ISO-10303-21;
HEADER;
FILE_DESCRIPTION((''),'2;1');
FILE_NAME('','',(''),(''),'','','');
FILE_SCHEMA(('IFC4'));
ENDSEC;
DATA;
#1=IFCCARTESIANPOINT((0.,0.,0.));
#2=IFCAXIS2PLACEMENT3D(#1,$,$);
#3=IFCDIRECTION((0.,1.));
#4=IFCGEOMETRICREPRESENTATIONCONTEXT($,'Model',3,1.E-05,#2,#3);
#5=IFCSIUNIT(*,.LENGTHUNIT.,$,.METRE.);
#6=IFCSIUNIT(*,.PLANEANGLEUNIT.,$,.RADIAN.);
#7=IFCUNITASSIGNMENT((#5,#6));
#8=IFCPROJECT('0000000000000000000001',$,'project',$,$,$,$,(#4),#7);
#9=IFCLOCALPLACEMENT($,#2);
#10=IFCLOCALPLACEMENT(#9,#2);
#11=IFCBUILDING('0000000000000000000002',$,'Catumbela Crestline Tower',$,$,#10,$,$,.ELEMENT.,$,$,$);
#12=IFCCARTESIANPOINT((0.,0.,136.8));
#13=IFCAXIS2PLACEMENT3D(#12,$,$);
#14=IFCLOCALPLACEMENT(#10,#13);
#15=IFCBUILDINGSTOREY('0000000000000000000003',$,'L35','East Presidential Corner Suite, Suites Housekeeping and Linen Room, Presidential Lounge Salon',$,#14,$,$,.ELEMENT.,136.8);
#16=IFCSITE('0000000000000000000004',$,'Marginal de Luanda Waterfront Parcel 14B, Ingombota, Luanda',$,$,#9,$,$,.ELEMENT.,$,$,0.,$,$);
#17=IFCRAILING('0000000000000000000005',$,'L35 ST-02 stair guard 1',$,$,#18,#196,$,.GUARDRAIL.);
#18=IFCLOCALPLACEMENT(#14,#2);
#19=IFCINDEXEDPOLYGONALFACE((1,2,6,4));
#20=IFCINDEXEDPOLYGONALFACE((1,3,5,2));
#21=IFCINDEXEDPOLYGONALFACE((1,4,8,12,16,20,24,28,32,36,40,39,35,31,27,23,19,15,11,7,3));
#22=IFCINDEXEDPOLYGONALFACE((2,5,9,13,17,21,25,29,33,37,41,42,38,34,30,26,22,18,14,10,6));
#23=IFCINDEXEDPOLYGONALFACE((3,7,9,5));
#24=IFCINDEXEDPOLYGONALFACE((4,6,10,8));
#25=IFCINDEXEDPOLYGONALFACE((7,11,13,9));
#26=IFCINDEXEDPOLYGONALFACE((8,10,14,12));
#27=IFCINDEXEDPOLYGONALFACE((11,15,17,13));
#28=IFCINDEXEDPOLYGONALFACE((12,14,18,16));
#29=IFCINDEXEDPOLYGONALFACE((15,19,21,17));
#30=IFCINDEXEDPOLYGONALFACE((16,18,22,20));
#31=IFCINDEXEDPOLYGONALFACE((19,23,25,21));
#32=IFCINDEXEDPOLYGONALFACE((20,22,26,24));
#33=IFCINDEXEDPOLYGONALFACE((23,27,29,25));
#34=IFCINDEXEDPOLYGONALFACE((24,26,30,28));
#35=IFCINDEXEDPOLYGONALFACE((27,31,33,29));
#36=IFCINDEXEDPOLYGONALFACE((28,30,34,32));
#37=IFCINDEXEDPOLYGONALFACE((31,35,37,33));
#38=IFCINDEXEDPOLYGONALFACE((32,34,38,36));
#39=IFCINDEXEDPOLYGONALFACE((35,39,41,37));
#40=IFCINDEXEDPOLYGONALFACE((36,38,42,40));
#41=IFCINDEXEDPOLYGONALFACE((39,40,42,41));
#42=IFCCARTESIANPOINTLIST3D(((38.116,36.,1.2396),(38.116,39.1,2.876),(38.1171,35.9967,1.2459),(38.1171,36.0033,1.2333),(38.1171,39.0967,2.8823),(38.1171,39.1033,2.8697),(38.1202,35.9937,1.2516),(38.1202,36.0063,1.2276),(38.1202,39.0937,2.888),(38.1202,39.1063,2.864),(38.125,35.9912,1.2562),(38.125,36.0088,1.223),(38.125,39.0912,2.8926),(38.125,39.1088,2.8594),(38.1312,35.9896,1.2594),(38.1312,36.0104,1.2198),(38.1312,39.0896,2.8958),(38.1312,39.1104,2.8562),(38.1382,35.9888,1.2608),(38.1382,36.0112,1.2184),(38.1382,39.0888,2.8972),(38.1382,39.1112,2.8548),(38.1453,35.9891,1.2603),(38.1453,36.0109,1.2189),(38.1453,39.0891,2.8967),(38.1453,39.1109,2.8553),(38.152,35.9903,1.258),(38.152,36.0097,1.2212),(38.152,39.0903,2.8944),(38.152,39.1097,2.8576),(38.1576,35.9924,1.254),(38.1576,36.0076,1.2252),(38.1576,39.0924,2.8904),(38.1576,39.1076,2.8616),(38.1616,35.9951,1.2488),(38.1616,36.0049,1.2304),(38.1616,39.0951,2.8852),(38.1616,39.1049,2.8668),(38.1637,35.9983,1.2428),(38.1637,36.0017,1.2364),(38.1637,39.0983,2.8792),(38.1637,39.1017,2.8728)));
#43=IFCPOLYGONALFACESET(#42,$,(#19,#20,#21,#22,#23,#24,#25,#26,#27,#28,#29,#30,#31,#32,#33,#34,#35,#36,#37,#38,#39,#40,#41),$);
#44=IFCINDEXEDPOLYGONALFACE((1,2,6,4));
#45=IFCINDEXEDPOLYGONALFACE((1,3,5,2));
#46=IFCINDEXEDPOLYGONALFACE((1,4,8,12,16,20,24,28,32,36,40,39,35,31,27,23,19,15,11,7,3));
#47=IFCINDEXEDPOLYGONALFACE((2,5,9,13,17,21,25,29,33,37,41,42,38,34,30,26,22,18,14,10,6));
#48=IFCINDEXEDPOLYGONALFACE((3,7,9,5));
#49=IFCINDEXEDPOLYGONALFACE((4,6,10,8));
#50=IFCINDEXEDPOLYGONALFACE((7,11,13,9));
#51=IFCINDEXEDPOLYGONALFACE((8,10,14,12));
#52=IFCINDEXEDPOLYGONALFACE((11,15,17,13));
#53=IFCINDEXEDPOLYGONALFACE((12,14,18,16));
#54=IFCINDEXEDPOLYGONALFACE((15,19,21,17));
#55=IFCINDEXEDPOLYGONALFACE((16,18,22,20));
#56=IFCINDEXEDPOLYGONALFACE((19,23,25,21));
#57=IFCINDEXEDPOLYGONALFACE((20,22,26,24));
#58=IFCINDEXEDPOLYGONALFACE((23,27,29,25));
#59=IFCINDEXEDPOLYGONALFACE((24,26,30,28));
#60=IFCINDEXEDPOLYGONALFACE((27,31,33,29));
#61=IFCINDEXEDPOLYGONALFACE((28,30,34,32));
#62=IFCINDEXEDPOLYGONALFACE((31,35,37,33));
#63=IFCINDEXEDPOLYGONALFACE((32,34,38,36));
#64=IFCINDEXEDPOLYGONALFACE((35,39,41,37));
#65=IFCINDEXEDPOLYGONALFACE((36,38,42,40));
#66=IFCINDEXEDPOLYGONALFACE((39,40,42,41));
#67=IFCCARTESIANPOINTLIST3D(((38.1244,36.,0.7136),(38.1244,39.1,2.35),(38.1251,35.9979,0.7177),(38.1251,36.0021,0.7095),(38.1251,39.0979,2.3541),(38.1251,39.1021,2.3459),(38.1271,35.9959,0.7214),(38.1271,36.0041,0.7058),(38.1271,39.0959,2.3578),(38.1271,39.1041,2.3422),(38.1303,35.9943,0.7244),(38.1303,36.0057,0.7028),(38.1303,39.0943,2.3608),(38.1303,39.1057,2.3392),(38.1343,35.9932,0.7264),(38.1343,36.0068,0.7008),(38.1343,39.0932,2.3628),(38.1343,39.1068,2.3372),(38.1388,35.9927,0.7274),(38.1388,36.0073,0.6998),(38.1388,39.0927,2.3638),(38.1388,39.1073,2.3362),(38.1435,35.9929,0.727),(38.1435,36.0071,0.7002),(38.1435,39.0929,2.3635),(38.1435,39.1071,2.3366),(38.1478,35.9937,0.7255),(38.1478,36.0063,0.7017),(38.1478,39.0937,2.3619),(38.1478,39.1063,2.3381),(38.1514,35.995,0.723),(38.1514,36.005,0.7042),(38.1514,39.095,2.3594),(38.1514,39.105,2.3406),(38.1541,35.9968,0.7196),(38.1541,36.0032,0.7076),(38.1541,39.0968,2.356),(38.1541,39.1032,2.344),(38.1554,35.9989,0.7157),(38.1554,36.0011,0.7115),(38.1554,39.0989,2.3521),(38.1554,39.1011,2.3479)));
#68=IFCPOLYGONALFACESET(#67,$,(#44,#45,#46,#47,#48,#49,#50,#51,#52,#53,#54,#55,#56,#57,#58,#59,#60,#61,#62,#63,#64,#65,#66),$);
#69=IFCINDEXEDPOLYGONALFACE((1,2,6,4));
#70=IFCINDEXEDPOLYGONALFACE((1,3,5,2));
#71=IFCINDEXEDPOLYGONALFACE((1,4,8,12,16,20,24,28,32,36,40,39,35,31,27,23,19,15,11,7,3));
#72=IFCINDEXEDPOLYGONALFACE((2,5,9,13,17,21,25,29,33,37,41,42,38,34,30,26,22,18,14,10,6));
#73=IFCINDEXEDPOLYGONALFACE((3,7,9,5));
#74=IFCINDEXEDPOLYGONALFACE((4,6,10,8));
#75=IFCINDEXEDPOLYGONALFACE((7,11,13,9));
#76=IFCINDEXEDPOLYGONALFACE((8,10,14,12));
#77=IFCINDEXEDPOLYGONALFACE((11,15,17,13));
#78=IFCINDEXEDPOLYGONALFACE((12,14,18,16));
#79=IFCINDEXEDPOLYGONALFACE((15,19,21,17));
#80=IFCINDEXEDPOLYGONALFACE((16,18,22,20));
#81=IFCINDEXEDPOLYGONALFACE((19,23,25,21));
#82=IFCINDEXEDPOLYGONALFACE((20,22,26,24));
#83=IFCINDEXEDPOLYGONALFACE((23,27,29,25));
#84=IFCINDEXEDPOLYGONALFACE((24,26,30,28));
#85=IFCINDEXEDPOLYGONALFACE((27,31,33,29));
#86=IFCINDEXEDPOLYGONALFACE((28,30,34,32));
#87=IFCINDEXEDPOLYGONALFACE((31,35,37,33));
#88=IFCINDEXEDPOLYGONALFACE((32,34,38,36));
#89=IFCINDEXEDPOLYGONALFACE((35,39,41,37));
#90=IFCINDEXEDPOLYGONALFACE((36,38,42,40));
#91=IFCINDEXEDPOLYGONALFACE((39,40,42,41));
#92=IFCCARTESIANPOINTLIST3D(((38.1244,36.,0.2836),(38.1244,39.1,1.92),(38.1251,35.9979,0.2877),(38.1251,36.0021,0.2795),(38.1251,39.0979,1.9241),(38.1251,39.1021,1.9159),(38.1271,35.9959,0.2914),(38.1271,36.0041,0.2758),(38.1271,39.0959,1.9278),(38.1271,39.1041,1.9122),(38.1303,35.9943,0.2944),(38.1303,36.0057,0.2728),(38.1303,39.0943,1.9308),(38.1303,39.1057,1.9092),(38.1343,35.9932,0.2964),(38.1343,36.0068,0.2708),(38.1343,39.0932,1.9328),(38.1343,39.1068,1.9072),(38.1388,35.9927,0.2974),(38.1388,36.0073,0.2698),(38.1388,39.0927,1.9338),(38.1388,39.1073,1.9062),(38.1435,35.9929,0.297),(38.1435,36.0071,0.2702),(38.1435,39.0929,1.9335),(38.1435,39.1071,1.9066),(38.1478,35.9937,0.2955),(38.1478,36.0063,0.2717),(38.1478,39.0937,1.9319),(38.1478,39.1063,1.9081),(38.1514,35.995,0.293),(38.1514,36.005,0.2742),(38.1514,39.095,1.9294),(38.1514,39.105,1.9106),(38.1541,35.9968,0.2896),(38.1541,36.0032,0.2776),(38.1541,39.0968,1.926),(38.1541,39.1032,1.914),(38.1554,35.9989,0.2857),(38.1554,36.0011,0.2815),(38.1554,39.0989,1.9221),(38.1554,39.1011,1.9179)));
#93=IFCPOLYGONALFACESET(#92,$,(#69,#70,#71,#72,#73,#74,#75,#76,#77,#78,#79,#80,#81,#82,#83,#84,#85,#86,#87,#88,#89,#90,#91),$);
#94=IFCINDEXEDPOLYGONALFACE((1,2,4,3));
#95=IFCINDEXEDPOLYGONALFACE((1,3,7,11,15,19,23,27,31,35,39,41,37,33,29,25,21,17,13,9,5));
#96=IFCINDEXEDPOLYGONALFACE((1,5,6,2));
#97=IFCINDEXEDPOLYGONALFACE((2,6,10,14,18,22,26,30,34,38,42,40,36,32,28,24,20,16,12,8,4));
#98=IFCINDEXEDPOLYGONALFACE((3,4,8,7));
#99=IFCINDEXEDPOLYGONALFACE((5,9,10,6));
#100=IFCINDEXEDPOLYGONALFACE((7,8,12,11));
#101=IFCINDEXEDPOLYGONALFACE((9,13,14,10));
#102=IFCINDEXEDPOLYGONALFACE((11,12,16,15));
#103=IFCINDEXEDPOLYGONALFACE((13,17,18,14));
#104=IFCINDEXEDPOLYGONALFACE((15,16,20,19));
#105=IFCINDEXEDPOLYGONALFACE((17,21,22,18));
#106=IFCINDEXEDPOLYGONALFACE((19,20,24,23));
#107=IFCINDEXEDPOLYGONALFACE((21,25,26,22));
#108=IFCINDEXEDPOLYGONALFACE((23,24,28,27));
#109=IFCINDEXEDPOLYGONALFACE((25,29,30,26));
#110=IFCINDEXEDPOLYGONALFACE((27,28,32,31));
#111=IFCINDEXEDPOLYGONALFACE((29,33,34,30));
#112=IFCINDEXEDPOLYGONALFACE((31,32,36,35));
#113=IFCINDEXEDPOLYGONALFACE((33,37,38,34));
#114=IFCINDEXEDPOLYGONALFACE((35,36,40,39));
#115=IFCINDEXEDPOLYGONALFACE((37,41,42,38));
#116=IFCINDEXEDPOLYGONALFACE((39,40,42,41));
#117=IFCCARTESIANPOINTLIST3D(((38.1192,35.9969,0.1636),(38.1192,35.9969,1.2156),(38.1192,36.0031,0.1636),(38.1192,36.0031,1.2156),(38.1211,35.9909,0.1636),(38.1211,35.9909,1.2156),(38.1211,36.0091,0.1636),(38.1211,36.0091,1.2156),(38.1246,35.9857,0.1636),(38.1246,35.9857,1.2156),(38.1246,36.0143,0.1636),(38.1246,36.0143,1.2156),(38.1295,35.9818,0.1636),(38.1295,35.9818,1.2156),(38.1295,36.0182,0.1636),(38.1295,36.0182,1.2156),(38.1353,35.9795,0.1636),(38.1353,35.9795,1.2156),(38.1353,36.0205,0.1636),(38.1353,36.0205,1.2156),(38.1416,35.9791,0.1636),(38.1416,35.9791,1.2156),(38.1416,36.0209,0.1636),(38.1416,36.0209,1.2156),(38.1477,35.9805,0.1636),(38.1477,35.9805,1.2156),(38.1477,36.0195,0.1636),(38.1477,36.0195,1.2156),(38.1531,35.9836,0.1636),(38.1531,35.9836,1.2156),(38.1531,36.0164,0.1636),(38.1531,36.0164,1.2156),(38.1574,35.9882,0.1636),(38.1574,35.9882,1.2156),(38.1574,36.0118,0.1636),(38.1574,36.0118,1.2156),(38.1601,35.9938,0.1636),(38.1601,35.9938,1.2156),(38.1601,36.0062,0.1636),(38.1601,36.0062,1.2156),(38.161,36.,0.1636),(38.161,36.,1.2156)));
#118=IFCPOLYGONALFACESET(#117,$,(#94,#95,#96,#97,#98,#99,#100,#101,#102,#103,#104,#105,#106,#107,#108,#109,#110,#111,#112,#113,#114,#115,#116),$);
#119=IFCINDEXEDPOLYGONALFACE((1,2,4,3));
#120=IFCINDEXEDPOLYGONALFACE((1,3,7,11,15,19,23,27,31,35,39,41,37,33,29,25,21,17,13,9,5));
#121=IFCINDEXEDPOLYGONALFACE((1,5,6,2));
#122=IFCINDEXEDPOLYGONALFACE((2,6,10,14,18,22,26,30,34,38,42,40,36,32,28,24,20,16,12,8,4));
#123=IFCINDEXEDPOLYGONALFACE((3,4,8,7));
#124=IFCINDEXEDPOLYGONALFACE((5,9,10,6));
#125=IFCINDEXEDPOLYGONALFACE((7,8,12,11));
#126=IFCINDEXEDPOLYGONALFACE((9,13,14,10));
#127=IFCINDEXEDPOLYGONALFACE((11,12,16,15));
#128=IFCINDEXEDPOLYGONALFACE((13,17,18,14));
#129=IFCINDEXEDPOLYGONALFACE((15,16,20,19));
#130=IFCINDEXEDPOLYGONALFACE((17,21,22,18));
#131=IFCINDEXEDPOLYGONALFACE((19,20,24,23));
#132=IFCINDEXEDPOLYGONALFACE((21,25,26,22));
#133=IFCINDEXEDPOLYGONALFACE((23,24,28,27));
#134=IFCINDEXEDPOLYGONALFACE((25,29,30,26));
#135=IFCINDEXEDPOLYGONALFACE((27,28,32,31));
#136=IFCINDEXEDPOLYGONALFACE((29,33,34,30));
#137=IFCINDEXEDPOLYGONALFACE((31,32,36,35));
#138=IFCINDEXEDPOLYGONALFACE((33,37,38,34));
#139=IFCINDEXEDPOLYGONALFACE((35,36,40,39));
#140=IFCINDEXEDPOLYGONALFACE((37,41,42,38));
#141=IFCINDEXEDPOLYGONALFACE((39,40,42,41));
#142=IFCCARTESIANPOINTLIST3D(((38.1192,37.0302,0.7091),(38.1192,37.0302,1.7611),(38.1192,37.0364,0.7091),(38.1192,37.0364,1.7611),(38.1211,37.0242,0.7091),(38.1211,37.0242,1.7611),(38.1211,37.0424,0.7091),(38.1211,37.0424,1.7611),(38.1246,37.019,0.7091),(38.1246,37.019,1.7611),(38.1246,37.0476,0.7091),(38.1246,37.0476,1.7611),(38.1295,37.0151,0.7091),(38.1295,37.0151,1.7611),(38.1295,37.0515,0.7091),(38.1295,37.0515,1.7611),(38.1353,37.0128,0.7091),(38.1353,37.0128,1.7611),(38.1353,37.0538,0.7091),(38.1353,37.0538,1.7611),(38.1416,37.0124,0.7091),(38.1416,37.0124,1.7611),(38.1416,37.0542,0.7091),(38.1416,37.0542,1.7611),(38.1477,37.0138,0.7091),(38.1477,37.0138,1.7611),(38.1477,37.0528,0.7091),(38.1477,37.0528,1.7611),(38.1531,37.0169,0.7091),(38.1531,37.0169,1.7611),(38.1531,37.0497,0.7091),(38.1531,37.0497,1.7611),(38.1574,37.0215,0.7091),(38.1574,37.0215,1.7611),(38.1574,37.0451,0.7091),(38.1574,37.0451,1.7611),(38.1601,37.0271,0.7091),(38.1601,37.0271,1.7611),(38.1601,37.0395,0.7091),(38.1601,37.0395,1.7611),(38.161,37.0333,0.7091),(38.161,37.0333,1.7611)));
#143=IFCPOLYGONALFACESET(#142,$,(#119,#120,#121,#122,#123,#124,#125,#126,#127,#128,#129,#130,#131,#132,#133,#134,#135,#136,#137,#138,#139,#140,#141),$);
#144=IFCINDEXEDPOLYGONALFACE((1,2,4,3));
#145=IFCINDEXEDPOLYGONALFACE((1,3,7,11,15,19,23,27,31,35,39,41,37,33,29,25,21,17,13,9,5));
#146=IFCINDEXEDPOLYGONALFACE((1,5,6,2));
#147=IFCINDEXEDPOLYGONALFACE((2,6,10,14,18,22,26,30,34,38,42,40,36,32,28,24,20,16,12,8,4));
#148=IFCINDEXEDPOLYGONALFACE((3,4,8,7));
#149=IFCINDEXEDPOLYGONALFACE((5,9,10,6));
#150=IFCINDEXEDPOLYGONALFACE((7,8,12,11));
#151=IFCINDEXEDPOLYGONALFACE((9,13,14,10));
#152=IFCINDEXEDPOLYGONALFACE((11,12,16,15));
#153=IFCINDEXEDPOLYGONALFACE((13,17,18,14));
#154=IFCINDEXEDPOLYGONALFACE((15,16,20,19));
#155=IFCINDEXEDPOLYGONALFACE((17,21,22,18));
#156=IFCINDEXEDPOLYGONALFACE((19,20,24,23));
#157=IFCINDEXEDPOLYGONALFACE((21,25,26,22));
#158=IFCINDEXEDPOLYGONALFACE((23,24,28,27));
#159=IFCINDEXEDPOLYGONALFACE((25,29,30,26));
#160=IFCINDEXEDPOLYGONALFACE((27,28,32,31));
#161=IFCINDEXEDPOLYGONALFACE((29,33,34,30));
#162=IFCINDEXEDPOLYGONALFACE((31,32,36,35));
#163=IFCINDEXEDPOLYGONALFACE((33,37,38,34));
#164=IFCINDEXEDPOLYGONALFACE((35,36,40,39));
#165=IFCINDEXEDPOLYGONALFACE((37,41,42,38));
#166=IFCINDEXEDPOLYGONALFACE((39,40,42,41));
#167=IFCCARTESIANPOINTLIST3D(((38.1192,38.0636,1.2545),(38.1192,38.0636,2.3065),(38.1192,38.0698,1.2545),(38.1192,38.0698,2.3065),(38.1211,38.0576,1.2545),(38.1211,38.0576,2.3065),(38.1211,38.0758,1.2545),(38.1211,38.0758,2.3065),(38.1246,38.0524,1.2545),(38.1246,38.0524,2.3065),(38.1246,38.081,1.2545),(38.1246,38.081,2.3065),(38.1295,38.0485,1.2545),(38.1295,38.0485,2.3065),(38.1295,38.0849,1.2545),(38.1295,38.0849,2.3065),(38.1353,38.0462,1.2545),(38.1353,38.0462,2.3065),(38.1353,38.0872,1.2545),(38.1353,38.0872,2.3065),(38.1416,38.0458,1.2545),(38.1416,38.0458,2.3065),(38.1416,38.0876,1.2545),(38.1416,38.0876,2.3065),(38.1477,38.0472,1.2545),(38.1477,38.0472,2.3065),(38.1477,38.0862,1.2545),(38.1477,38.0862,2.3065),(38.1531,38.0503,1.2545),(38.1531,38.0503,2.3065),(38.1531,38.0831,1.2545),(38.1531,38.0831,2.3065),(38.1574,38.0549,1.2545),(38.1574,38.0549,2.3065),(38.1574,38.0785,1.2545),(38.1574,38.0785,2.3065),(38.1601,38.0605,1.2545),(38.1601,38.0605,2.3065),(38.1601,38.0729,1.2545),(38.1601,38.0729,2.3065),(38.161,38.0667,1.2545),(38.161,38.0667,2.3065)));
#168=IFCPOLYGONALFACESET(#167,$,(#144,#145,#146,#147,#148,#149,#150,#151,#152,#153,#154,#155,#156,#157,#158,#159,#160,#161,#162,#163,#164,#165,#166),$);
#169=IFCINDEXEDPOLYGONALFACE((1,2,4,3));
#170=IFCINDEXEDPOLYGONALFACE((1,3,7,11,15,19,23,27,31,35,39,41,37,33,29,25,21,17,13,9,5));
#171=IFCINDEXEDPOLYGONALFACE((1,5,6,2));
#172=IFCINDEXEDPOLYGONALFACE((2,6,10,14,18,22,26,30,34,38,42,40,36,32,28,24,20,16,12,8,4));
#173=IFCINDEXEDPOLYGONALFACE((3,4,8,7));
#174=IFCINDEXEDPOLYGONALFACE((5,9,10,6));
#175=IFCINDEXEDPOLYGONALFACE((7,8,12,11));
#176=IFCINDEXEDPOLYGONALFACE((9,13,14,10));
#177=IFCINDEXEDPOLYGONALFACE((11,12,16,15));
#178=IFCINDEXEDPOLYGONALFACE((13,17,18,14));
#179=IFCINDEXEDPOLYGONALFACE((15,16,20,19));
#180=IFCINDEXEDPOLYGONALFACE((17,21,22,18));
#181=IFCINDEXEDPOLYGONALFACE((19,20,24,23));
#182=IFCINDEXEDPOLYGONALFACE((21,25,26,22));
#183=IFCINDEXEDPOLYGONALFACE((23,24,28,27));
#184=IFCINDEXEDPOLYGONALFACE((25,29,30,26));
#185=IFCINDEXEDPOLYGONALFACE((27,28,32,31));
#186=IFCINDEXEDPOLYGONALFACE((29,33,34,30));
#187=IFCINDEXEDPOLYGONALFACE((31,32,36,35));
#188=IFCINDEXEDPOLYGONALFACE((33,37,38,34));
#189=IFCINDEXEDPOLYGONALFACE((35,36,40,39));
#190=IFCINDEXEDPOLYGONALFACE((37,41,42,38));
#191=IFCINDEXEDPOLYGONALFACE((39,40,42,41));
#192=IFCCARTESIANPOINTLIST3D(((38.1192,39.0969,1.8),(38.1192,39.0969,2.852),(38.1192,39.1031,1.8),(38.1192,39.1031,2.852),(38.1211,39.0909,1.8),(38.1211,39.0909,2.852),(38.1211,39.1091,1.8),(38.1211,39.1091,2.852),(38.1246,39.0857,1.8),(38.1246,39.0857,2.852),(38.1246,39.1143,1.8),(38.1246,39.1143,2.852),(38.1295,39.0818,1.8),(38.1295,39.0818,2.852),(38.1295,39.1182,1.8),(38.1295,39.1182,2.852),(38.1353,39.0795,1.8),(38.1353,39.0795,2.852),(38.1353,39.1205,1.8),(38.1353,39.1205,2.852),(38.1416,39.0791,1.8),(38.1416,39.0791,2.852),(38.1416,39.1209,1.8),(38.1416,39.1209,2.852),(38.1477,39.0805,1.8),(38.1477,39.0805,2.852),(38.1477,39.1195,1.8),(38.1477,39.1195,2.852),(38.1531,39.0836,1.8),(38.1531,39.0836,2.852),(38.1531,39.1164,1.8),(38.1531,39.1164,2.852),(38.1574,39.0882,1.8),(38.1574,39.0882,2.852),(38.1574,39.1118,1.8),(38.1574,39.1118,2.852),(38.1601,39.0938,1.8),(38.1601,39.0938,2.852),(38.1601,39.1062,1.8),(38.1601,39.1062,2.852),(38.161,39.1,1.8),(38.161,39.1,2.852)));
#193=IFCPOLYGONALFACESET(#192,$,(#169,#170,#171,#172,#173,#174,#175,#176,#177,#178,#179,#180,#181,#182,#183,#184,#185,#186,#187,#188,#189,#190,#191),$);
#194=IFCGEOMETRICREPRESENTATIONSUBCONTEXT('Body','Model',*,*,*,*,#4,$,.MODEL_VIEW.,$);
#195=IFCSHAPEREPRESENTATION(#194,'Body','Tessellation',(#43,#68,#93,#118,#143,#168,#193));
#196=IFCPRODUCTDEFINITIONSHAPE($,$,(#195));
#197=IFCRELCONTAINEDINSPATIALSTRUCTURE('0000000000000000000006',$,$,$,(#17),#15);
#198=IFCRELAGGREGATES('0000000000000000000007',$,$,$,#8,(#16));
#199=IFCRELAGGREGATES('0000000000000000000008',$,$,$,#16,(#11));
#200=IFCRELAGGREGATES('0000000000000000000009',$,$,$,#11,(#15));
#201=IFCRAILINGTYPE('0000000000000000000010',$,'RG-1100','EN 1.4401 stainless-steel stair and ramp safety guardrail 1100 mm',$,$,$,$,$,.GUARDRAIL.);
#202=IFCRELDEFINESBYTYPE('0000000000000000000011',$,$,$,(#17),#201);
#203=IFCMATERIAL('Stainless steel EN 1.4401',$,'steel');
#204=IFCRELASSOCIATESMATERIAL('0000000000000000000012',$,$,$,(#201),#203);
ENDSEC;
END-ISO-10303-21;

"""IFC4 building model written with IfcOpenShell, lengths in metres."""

from ifc_helpers import new_model, si_unit, direction, frame, origin, origin_2d, place, context, subcontext, project, spatial, circle, extrude, material, type_object, element, save


model = new_model("IFC4")

# Units and contexts
model_context = context("Model", 3, precision=1e-05, world=origin(), true_north=direction((0.0, 1.0)))
body_context = subcontext(model_context, "Body", "Model", "MODEL_VIEW")
ifc_project = project(units=[si_unit("LENGTHUNIT", "METRE"), si_unit("PLANEANGLEUNIT", "RADIAN")], contexts=[model_context])

# Site, building, storey
site_placement = place(None, origin())
site = spatial("IfcSite", under=ifc_project, at=site_placement, Name="Marginal de Luanda Waterfront Parcel 14B, Ingombota, Luanda", CompositionType="ELEMENT", RefElevation=0.0)
building_placement = place(site_placement, origin())
building = spatial("IfcBuilding", under=site, at=building_placement, Name="Catumbela Crestline Tower", CompositionType="ELEMENT")
storey_placement = place(building_placement, frame((0.0, 0.0, 136.8)))
storey = spatial("IfcBuildingStorey", under=building, at=storey_placement, Name="L35", Description="East Presidential Corner Suite, Suites Housekeeping and Linen Room, Presidential Lounge Salon", CompositionType="ELEMENT", Elevation=136.8)

# Shared definitions
ifc_material_1 = material(Name="Stainless steel EN 1.4401", Category="steel")

# Railing
railing_type_1 = type_object("IfcRailingType", Name="RG-1100", Description="EN 1.4401 stainless-steel stair and ramp safety guardrail 1100 mm", PredefinedType="GUARDRAIL", material=ifc_material_1)
railing_1_placement = place(storey_placement, frame((38.14, 36.0, 0.1636)))
element("IfcRailing", 1, at=railing_1_placement, inside=storey, type_object=railing_type_1, Name="L35 ST-02 stair guard 1", PredefinedType="GUARDRAIL", context=body_context, shape_type="SweptSolid", body=[
    extrude(circle(Radius=0.024, at=origin_2d()), frame((0.0, 0.0, 1.076), z_axis=(0.0, 0.884351, 0.466823), x_axis=(-1.0, 0.0, 0.0)), (0.0, 0.0, 1.0), 3.5054),
    extrude(circle(Radius=0.0156, at=origin_2d()), frame((0.0, 0.0, 0.55), z_axis=(0.0, 0.884351, 0.466823), x_axis=(-1.0, 0.0, 0.0)), (0.0, 0.0, 1.0), 3.5054),
    extrude(circle(Radius=0.0156, at=origin_2d()), frame((0.0, 0.0, 0.12), z_axis=(0.0, 0.884351, 0.466823), x_axis=(-1.0, 0.0, 0.0)), (0.0, 0.0, 1.0), 3.5054),
    extrude(circle(Radius=0.021, at=origin_2d()), origin(), (0.0, 0.0, 1.0), 1.052),
    extrude(circle(Radius=0.021, at=origin_2d()), frame((0.0, 1.0333, 0.5455)), (0.0, 0.0, 1.0), 1.052),
    extrude(circle(Radius=0.021, at=origin_2d()), frame((0.0, 2.0667, 1.0909)), (0.0, 0.0, 1.0), 1.052),
    extrude(circle(Radius=0.021, at=origin_2d()), frame((0.0, 3.1, 1.6364)), (0.0, 0.0, 1.0), 1.052),
])

save(model, "model.ifc")
